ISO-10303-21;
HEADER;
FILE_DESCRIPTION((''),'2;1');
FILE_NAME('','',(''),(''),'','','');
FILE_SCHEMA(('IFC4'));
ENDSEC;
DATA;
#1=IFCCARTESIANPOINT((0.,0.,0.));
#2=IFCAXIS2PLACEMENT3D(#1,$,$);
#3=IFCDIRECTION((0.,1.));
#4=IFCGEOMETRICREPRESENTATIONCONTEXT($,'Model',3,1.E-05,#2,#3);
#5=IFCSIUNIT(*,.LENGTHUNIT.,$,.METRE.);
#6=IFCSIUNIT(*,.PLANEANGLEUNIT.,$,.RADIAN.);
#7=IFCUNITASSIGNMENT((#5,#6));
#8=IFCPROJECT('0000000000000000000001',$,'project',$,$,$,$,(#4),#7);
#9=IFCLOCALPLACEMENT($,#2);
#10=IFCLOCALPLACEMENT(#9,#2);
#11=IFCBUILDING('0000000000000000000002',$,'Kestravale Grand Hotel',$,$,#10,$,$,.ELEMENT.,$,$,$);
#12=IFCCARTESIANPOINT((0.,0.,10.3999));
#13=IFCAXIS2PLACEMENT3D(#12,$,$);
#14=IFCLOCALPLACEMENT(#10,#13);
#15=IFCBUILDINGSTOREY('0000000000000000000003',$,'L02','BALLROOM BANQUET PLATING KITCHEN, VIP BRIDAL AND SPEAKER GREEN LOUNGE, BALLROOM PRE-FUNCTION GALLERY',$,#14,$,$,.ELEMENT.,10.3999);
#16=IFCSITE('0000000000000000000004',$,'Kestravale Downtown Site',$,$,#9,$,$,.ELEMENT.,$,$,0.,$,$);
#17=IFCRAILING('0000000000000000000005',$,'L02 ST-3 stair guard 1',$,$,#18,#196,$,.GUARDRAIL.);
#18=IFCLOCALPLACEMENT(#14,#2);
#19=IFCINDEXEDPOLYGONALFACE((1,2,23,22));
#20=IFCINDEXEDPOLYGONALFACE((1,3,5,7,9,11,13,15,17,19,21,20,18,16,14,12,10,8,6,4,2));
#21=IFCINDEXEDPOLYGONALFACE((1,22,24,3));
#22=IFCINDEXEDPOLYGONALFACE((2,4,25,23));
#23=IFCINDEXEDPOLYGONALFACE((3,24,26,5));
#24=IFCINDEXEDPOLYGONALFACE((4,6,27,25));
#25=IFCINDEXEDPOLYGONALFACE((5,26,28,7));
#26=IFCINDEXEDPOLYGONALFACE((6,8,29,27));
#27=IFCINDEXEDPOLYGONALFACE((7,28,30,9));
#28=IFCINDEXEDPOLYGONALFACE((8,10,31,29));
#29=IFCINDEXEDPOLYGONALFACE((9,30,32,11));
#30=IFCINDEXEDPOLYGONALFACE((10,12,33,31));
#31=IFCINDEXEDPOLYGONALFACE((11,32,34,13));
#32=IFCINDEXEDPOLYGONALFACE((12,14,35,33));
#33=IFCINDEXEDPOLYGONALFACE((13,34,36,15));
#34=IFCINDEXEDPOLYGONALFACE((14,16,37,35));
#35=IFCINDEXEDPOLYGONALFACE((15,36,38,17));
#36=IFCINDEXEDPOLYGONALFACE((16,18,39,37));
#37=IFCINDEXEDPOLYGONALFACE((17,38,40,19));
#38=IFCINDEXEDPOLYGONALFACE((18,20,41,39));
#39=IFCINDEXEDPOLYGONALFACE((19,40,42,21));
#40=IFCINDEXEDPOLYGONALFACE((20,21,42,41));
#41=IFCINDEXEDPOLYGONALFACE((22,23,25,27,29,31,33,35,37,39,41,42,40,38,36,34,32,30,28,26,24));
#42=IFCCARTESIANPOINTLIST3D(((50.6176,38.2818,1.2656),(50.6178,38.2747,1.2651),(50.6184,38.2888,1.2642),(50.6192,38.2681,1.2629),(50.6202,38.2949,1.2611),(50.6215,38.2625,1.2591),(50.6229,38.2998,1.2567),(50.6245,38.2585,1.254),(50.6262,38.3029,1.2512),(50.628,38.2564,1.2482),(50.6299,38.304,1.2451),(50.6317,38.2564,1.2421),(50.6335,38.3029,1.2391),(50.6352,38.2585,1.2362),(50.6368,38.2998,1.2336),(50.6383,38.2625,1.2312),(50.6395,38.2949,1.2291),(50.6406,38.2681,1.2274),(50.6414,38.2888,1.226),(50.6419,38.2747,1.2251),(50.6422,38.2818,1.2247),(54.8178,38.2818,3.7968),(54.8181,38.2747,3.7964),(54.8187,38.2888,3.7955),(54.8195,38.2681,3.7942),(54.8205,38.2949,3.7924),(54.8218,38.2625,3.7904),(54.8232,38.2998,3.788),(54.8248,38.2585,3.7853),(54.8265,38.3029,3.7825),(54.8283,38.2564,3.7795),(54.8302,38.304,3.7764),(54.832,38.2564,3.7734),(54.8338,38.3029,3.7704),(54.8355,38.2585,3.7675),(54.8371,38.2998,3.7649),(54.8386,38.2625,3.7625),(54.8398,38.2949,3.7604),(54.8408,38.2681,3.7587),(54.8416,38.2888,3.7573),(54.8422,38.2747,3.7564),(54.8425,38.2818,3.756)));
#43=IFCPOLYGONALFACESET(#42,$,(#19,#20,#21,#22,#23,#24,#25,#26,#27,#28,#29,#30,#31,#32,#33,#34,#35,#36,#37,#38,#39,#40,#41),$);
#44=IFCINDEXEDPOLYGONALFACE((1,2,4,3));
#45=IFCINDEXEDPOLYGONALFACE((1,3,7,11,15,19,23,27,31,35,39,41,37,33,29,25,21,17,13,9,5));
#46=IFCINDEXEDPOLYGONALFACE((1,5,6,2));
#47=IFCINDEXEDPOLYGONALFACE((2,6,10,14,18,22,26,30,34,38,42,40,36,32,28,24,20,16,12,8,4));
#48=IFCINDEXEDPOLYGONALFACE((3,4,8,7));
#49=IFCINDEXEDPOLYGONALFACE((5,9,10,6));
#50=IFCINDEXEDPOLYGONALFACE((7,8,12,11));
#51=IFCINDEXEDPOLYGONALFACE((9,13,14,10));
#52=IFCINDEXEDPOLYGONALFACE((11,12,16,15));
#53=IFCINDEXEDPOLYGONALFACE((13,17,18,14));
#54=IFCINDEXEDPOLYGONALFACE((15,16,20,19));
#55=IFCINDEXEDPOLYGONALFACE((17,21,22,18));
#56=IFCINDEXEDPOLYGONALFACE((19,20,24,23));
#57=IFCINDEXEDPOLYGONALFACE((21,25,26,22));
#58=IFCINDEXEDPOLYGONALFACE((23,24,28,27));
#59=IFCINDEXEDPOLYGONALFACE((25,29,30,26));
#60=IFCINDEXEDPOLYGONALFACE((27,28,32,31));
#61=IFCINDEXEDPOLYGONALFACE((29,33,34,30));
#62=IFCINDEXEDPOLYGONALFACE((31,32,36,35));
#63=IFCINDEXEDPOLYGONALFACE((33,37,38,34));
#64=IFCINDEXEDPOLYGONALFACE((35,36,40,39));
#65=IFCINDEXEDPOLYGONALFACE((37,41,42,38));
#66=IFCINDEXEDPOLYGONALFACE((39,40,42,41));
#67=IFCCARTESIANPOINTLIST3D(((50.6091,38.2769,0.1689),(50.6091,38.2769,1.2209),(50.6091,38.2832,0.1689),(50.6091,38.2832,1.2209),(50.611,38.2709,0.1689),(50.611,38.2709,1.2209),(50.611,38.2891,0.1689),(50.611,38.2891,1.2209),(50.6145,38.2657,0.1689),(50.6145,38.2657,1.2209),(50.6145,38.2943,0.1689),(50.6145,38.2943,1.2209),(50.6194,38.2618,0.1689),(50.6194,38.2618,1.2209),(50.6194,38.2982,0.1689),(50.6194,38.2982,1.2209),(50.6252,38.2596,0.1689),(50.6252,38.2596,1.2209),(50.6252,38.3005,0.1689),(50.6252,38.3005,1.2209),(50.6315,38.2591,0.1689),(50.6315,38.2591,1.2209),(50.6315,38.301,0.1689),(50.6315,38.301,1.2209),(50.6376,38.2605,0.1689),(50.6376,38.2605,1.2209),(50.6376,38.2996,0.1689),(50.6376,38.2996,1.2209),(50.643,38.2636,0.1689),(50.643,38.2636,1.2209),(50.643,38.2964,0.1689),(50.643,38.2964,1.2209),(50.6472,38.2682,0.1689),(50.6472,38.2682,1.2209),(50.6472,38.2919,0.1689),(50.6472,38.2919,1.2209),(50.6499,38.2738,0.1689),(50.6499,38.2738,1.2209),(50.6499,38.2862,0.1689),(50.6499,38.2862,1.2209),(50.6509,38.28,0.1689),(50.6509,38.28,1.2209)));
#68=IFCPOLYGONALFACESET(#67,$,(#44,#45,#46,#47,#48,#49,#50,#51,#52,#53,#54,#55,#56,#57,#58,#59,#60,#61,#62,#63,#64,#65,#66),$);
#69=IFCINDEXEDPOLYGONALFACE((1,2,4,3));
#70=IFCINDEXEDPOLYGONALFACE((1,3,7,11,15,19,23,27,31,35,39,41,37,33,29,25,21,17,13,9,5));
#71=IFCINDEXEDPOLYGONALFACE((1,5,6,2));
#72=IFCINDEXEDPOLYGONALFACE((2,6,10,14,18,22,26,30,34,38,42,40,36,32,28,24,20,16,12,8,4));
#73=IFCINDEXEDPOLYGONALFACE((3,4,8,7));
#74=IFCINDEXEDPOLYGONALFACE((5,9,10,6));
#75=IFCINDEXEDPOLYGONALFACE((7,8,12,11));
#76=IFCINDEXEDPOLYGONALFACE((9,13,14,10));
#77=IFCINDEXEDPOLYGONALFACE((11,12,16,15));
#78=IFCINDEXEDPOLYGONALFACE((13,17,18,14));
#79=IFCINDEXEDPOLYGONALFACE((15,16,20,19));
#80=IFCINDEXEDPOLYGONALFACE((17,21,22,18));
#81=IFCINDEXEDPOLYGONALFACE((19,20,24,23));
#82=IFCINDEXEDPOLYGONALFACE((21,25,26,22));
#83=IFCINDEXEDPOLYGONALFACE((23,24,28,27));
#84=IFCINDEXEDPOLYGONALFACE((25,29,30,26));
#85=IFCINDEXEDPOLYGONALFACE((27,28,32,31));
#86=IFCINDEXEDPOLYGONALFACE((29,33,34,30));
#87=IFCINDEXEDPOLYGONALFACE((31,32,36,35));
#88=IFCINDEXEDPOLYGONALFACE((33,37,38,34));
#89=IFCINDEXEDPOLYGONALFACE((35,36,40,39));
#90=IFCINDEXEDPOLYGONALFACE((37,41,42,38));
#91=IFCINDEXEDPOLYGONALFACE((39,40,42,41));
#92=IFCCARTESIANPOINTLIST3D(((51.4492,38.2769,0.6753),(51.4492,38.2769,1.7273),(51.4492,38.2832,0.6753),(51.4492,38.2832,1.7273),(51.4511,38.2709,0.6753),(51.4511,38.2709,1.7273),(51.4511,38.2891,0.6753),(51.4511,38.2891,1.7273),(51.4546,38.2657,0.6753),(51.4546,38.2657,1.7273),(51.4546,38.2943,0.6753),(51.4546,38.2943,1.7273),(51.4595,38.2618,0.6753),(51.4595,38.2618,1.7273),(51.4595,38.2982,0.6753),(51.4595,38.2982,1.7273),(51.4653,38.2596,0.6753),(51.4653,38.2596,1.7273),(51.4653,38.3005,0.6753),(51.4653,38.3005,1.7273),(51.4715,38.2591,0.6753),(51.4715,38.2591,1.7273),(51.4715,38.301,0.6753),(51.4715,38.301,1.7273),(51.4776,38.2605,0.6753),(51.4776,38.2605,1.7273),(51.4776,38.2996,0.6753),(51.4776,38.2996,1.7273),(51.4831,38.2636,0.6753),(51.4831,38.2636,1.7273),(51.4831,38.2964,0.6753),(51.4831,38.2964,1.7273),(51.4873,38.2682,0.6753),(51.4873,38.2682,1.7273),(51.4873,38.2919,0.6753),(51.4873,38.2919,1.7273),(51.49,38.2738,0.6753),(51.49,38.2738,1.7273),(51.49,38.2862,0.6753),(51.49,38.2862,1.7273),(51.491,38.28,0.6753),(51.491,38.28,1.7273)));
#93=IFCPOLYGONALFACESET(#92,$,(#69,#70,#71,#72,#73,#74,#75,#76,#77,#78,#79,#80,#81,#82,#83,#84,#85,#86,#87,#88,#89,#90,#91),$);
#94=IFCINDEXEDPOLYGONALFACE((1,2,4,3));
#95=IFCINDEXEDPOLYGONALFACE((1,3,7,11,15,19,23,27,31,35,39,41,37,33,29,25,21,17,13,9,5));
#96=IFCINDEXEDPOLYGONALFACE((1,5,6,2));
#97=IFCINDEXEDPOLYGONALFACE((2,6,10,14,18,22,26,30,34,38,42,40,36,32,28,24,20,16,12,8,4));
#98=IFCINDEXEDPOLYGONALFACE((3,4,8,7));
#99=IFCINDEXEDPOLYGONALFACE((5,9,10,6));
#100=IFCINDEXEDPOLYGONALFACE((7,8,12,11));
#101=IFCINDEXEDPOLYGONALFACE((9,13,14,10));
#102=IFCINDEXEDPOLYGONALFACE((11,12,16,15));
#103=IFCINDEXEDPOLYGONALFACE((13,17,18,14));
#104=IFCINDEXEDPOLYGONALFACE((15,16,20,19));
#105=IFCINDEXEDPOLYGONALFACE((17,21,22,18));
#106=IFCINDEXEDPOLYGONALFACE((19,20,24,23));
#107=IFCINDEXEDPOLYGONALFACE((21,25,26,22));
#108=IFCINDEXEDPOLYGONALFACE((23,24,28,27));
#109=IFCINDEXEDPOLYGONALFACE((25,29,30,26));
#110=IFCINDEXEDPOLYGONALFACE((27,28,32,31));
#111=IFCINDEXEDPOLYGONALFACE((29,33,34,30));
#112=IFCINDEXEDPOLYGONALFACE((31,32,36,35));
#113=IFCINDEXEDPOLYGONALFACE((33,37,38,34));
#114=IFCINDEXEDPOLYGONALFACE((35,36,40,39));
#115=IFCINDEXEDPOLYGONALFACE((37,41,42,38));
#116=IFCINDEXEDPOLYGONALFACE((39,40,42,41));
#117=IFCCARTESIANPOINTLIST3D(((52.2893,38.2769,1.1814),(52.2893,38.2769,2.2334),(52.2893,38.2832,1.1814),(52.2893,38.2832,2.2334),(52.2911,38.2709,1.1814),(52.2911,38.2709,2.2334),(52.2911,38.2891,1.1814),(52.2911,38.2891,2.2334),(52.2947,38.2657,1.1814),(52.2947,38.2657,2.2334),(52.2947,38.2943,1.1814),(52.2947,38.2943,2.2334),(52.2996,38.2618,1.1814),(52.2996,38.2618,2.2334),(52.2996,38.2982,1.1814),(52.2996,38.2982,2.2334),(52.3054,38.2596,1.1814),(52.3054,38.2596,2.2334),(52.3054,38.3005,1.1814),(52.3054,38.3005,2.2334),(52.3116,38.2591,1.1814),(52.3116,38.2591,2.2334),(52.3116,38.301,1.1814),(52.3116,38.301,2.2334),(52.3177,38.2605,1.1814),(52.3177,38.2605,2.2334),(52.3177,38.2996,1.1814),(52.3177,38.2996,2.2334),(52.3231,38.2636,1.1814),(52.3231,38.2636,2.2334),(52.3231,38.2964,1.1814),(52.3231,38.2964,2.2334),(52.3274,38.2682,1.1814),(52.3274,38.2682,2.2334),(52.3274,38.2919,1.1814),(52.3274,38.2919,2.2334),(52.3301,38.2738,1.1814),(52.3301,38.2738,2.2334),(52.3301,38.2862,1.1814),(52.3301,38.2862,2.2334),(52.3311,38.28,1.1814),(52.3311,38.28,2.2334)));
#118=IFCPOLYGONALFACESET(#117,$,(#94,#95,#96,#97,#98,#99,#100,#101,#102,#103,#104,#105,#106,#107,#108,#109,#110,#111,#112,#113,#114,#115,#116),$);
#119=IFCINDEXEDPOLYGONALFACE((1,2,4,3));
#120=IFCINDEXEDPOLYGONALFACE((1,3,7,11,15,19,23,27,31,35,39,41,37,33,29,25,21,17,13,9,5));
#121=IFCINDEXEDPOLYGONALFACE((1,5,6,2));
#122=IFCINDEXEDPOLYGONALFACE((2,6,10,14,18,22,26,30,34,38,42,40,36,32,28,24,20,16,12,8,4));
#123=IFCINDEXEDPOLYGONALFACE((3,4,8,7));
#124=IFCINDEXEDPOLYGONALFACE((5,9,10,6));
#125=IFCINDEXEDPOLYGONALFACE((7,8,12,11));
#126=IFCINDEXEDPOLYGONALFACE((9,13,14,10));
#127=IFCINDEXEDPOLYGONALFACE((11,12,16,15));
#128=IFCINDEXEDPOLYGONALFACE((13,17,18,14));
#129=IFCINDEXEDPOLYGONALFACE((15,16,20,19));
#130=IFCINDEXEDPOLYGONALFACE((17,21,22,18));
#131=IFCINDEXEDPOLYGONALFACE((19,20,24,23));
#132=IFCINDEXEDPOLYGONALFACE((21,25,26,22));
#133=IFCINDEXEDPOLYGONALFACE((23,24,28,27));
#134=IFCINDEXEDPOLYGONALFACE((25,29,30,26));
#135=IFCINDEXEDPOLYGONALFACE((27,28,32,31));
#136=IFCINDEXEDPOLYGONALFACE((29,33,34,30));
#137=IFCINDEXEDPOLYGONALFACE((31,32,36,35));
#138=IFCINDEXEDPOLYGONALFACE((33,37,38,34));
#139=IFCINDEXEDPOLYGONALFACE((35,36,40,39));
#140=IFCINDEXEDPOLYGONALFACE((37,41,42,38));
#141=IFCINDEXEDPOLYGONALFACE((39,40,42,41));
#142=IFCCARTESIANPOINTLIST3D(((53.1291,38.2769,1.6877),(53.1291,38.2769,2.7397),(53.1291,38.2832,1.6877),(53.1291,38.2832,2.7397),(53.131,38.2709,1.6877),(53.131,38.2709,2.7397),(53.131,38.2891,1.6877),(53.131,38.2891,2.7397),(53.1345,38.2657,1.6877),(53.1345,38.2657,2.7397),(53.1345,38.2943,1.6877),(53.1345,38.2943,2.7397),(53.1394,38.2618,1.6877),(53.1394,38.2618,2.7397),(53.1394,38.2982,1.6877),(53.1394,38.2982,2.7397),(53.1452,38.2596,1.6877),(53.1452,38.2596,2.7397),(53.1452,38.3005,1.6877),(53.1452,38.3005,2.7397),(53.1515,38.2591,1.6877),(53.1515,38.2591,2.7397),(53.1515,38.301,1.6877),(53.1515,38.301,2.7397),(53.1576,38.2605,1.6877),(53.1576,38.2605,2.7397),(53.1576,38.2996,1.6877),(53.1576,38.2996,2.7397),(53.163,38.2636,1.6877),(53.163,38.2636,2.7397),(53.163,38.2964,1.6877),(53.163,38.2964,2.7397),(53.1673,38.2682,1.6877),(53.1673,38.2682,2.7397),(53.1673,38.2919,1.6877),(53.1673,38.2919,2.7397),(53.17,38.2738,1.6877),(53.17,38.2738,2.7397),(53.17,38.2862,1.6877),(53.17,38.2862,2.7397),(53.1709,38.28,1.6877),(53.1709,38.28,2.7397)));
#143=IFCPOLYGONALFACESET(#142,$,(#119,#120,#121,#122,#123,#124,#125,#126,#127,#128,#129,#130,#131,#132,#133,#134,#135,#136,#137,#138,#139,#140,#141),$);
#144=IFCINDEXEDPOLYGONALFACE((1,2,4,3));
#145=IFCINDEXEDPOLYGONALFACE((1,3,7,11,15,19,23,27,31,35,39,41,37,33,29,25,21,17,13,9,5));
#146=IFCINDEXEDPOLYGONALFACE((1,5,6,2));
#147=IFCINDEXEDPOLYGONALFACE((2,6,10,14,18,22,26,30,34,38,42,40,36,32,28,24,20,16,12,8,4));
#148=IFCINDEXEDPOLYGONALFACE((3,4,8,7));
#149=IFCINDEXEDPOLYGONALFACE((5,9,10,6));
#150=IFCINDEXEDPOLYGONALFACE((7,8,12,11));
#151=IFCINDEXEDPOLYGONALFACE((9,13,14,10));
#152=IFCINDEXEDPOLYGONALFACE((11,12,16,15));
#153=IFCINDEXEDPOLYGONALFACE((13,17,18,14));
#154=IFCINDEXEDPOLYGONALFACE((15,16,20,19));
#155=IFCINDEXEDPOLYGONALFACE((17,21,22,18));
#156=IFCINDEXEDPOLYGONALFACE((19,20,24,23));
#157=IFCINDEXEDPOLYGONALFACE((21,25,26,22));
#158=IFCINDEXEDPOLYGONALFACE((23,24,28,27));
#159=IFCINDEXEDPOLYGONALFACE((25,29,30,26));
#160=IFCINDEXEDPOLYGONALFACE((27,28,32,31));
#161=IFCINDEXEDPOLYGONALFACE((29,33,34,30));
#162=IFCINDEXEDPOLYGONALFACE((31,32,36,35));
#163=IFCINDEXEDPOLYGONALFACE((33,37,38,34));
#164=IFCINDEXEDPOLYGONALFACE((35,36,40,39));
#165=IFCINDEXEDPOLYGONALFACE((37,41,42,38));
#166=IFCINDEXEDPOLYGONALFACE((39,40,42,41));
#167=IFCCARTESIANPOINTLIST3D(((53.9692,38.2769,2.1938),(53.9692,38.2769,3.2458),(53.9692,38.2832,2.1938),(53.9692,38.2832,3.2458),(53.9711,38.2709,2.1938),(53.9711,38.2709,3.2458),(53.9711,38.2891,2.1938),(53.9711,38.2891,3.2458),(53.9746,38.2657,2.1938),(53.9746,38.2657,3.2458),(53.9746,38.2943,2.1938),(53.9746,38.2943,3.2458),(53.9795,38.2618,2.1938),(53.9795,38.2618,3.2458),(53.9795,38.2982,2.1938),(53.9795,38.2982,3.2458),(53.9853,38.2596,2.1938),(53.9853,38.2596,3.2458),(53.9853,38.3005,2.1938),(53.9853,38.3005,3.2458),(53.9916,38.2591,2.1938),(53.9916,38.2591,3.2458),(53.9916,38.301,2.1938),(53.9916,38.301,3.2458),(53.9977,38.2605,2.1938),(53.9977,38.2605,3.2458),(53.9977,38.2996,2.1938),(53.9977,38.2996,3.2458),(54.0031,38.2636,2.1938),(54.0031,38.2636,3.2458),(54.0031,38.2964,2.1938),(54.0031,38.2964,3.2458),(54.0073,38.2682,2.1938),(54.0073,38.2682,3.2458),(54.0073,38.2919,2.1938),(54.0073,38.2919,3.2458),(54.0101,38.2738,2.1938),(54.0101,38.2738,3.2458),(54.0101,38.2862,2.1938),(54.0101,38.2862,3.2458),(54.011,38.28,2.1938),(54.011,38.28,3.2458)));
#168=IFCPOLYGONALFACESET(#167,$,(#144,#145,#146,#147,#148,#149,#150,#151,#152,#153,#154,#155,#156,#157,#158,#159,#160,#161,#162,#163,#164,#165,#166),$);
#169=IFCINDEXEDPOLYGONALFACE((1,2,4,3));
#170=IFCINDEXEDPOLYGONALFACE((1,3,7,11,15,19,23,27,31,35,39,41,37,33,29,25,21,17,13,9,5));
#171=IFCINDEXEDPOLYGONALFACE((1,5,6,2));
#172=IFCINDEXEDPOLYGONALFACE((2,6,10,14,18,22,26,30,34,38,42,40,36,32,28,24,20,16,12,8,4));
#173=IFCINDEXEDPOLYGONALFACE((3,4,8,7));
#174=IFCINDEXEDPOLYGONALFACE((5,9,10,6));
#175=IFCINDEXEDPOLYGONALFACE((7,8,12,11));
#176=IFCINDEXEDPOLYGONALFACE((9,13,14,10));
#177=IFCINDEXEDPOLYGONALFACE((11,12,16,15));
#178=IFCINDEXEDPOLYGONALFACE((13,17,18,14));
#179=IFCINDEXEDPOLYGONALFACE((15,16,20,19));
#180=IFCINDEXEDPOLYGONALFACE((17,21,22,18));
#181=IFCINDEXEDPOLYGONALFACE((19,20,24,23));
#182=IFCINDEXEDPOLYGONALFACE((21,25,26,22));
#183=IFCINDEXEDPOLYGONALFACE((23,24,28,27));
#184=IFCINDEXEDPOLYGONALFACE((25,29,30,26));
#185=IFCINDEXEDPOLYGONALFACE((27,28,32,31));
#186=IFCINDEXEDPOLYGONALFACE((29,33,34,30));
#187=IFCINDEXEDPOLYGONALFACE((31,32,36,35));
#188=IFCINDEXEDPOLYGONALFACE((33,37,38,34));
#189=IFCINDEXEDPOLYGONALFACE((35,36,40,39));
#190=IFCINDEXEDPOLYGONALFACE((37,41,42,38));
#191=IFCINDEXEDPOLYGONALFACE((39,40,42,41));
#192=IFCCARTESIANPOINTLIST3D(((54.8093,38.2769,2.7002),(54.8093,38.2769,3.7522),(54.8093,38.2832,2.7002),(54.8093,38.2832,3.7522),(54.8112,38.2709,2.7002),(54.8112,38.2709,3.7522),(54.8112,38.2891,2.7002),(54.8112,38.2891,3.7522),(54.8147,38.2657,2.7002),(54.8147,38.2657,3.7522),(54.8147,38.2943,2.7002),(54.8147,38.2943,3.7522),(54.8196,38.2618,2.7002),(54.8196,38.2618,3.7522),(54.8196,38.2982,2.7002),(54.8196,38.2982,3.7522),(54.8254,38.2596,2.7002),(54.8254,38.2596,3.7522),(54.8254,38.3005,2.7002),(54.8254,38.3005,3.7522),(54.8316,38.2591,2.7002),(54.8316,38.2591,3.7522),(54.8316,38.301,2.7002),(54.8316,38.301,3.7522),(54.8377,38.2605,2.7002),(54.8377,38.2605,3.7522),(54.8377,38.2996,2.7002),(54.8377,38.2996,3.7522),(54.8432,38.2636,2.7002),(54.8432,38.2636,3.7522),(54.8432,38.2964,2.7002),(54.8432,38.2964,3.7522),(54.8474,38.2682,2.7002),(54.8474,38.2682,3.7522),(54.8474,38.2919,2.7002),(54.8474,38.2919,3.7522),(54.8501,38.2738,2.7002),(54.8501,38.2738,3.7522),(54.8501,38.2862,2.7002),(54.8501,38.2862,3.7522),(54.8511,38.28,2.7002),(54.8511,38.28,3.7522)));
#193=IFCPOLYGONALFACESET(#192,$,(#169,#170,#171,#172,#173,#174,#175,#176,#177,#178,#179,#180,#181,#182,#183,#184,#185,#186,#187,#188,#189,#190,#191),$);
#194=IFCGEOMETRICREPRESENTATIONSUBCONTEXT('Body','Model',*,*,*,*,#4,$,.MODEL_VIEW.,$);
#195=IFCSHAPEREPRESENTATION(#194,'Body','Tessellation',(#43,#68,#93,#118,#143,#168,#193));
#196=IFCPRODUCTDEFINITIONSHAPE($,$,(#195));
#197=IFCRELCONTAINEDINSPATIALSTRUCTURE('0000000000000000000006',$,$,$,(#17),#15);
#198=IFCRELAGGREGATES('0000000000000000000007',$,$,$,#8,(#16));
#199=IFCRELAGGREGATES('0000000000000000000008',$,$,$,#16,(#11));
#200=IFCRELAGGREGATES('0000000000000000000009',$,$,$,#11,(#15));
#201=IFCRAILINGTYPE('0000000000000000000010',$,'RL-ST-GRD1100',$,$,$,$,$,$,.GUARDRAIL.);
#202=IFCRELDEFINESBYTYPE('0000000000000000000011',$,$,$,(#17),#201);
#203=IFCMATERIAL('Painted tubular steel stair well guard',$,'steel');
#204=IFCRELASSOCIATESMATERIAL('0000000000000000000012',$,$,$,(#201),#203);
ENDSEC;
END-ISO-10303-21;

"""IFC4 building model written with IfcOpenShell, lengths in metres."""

from ifc_helpers import new_model, si_unit, direction, frame, origin, origin_2d, place, context, subcontext, project, spatial, circle, extrude, material, type_object, element, save


model = new_model("IFC4")

# Units and contexts
model_context = context("Model", 3, precision=1e-05, world=origin(), true_north=direction((0.0, 1.0)))
body_context = subcontext(model_context, "Body", "Model", "MODEL_VIEW")
ifc_project = project(units=[si_unit("LENGTHUNIT", "METRE"), si_unit("PLANEANGLEUNIT", "RADIAN")], contexts=[model_context])

# Site, building, storey
site_placement = place(None, origin())
site = spatial("IfcSite", under=ifc_project, at=site_placement, Name="Kestravale Downtown Site", CompositionType="ELEMENT", RefElevation=0.0)
building_placement = place(site_placement, origin())
building = spatial("IfcBuilding", under=site, at=building_placement, Name="Kestravale Grand Hotel", CompositionType="ELEMENT")
storey_placement = place(building_placement, frame((0.0, 0.0, 10.3999)))
storey = spatial("IfcBuildingStorey", under=building, at=storey_placement, Name="L02", Description="BALLROOM BANQUET PLATING KITCHEN, VIP BRIDAL AND SPEAKER GREEN LOUNGE, BALLROOM PRE-FUNCTION GALLERY", CompositionType="ELEMENT", Elevation=10.3999)

# Railing
ifc_material_1 = material(Name="Painted tubular steel stair well guard", Category="steel")
railing_type_1 = type_object("IfcRailingType", Name="RL-ST-GRD1100", PredefinedType="GUARDRAIL", material=ifc_material_1)
railing_1_placement = place(storey_placement, frame((50.6299, 38.28, 0.1689)))
element("IfcRailing", 1, at=railing_1_placement, inside=storey, type_object=railing_type_1, Name="L02 ST-3 stair guard 1", PredefinedType="GUARDRAIL", context=body_context, shape_type="SweptSolid", body=[
    extrude(circle(Radius=0.0239, at=origin_2d()), frame((0.0, 0.0, 1.0762), z_axis=(0.85649, 0.0, 0.516164), x_axis=(0.0, 1.0, 0.0)), (0.0, 0.0, 1.0), 4.9041),
    extrude(circle(Radius=0.021, at=origin_2d()), origin(), (0.0, 0.0, 1.0), 1.052),
    extrude(circle(Radius=0.021, at=origin_2d()), frame((0.8401, 0.0, 0.5063)), (0.0, 0.0, 1.0), 1.052),
    extrude(circle(Radius=0.021, at=origin_2d()), frame((1.6802, 0.0, 1.0125)), (0.0, 0.0, 1.0), 1.052),
    extrude(circle(Radius=0.021, at=origin_2d()), frame((2.52, 0.0, 1.5188)), (0.0, 0.0, 1.0), 1.052),
    extrude(circle(Radius=0.021, at=origin_2d()), frame((3.3601, 0.0, 2.0249)), (0.0, 0.0, 1.0), 1.052),
    extrude(circle(Radius=0.021, at=origin_2d()), frame((4.2002, 0.0, 2.5312)), (0.0, 0.0, 1.0), 1.052),
])

save(model, "model.ifc")
